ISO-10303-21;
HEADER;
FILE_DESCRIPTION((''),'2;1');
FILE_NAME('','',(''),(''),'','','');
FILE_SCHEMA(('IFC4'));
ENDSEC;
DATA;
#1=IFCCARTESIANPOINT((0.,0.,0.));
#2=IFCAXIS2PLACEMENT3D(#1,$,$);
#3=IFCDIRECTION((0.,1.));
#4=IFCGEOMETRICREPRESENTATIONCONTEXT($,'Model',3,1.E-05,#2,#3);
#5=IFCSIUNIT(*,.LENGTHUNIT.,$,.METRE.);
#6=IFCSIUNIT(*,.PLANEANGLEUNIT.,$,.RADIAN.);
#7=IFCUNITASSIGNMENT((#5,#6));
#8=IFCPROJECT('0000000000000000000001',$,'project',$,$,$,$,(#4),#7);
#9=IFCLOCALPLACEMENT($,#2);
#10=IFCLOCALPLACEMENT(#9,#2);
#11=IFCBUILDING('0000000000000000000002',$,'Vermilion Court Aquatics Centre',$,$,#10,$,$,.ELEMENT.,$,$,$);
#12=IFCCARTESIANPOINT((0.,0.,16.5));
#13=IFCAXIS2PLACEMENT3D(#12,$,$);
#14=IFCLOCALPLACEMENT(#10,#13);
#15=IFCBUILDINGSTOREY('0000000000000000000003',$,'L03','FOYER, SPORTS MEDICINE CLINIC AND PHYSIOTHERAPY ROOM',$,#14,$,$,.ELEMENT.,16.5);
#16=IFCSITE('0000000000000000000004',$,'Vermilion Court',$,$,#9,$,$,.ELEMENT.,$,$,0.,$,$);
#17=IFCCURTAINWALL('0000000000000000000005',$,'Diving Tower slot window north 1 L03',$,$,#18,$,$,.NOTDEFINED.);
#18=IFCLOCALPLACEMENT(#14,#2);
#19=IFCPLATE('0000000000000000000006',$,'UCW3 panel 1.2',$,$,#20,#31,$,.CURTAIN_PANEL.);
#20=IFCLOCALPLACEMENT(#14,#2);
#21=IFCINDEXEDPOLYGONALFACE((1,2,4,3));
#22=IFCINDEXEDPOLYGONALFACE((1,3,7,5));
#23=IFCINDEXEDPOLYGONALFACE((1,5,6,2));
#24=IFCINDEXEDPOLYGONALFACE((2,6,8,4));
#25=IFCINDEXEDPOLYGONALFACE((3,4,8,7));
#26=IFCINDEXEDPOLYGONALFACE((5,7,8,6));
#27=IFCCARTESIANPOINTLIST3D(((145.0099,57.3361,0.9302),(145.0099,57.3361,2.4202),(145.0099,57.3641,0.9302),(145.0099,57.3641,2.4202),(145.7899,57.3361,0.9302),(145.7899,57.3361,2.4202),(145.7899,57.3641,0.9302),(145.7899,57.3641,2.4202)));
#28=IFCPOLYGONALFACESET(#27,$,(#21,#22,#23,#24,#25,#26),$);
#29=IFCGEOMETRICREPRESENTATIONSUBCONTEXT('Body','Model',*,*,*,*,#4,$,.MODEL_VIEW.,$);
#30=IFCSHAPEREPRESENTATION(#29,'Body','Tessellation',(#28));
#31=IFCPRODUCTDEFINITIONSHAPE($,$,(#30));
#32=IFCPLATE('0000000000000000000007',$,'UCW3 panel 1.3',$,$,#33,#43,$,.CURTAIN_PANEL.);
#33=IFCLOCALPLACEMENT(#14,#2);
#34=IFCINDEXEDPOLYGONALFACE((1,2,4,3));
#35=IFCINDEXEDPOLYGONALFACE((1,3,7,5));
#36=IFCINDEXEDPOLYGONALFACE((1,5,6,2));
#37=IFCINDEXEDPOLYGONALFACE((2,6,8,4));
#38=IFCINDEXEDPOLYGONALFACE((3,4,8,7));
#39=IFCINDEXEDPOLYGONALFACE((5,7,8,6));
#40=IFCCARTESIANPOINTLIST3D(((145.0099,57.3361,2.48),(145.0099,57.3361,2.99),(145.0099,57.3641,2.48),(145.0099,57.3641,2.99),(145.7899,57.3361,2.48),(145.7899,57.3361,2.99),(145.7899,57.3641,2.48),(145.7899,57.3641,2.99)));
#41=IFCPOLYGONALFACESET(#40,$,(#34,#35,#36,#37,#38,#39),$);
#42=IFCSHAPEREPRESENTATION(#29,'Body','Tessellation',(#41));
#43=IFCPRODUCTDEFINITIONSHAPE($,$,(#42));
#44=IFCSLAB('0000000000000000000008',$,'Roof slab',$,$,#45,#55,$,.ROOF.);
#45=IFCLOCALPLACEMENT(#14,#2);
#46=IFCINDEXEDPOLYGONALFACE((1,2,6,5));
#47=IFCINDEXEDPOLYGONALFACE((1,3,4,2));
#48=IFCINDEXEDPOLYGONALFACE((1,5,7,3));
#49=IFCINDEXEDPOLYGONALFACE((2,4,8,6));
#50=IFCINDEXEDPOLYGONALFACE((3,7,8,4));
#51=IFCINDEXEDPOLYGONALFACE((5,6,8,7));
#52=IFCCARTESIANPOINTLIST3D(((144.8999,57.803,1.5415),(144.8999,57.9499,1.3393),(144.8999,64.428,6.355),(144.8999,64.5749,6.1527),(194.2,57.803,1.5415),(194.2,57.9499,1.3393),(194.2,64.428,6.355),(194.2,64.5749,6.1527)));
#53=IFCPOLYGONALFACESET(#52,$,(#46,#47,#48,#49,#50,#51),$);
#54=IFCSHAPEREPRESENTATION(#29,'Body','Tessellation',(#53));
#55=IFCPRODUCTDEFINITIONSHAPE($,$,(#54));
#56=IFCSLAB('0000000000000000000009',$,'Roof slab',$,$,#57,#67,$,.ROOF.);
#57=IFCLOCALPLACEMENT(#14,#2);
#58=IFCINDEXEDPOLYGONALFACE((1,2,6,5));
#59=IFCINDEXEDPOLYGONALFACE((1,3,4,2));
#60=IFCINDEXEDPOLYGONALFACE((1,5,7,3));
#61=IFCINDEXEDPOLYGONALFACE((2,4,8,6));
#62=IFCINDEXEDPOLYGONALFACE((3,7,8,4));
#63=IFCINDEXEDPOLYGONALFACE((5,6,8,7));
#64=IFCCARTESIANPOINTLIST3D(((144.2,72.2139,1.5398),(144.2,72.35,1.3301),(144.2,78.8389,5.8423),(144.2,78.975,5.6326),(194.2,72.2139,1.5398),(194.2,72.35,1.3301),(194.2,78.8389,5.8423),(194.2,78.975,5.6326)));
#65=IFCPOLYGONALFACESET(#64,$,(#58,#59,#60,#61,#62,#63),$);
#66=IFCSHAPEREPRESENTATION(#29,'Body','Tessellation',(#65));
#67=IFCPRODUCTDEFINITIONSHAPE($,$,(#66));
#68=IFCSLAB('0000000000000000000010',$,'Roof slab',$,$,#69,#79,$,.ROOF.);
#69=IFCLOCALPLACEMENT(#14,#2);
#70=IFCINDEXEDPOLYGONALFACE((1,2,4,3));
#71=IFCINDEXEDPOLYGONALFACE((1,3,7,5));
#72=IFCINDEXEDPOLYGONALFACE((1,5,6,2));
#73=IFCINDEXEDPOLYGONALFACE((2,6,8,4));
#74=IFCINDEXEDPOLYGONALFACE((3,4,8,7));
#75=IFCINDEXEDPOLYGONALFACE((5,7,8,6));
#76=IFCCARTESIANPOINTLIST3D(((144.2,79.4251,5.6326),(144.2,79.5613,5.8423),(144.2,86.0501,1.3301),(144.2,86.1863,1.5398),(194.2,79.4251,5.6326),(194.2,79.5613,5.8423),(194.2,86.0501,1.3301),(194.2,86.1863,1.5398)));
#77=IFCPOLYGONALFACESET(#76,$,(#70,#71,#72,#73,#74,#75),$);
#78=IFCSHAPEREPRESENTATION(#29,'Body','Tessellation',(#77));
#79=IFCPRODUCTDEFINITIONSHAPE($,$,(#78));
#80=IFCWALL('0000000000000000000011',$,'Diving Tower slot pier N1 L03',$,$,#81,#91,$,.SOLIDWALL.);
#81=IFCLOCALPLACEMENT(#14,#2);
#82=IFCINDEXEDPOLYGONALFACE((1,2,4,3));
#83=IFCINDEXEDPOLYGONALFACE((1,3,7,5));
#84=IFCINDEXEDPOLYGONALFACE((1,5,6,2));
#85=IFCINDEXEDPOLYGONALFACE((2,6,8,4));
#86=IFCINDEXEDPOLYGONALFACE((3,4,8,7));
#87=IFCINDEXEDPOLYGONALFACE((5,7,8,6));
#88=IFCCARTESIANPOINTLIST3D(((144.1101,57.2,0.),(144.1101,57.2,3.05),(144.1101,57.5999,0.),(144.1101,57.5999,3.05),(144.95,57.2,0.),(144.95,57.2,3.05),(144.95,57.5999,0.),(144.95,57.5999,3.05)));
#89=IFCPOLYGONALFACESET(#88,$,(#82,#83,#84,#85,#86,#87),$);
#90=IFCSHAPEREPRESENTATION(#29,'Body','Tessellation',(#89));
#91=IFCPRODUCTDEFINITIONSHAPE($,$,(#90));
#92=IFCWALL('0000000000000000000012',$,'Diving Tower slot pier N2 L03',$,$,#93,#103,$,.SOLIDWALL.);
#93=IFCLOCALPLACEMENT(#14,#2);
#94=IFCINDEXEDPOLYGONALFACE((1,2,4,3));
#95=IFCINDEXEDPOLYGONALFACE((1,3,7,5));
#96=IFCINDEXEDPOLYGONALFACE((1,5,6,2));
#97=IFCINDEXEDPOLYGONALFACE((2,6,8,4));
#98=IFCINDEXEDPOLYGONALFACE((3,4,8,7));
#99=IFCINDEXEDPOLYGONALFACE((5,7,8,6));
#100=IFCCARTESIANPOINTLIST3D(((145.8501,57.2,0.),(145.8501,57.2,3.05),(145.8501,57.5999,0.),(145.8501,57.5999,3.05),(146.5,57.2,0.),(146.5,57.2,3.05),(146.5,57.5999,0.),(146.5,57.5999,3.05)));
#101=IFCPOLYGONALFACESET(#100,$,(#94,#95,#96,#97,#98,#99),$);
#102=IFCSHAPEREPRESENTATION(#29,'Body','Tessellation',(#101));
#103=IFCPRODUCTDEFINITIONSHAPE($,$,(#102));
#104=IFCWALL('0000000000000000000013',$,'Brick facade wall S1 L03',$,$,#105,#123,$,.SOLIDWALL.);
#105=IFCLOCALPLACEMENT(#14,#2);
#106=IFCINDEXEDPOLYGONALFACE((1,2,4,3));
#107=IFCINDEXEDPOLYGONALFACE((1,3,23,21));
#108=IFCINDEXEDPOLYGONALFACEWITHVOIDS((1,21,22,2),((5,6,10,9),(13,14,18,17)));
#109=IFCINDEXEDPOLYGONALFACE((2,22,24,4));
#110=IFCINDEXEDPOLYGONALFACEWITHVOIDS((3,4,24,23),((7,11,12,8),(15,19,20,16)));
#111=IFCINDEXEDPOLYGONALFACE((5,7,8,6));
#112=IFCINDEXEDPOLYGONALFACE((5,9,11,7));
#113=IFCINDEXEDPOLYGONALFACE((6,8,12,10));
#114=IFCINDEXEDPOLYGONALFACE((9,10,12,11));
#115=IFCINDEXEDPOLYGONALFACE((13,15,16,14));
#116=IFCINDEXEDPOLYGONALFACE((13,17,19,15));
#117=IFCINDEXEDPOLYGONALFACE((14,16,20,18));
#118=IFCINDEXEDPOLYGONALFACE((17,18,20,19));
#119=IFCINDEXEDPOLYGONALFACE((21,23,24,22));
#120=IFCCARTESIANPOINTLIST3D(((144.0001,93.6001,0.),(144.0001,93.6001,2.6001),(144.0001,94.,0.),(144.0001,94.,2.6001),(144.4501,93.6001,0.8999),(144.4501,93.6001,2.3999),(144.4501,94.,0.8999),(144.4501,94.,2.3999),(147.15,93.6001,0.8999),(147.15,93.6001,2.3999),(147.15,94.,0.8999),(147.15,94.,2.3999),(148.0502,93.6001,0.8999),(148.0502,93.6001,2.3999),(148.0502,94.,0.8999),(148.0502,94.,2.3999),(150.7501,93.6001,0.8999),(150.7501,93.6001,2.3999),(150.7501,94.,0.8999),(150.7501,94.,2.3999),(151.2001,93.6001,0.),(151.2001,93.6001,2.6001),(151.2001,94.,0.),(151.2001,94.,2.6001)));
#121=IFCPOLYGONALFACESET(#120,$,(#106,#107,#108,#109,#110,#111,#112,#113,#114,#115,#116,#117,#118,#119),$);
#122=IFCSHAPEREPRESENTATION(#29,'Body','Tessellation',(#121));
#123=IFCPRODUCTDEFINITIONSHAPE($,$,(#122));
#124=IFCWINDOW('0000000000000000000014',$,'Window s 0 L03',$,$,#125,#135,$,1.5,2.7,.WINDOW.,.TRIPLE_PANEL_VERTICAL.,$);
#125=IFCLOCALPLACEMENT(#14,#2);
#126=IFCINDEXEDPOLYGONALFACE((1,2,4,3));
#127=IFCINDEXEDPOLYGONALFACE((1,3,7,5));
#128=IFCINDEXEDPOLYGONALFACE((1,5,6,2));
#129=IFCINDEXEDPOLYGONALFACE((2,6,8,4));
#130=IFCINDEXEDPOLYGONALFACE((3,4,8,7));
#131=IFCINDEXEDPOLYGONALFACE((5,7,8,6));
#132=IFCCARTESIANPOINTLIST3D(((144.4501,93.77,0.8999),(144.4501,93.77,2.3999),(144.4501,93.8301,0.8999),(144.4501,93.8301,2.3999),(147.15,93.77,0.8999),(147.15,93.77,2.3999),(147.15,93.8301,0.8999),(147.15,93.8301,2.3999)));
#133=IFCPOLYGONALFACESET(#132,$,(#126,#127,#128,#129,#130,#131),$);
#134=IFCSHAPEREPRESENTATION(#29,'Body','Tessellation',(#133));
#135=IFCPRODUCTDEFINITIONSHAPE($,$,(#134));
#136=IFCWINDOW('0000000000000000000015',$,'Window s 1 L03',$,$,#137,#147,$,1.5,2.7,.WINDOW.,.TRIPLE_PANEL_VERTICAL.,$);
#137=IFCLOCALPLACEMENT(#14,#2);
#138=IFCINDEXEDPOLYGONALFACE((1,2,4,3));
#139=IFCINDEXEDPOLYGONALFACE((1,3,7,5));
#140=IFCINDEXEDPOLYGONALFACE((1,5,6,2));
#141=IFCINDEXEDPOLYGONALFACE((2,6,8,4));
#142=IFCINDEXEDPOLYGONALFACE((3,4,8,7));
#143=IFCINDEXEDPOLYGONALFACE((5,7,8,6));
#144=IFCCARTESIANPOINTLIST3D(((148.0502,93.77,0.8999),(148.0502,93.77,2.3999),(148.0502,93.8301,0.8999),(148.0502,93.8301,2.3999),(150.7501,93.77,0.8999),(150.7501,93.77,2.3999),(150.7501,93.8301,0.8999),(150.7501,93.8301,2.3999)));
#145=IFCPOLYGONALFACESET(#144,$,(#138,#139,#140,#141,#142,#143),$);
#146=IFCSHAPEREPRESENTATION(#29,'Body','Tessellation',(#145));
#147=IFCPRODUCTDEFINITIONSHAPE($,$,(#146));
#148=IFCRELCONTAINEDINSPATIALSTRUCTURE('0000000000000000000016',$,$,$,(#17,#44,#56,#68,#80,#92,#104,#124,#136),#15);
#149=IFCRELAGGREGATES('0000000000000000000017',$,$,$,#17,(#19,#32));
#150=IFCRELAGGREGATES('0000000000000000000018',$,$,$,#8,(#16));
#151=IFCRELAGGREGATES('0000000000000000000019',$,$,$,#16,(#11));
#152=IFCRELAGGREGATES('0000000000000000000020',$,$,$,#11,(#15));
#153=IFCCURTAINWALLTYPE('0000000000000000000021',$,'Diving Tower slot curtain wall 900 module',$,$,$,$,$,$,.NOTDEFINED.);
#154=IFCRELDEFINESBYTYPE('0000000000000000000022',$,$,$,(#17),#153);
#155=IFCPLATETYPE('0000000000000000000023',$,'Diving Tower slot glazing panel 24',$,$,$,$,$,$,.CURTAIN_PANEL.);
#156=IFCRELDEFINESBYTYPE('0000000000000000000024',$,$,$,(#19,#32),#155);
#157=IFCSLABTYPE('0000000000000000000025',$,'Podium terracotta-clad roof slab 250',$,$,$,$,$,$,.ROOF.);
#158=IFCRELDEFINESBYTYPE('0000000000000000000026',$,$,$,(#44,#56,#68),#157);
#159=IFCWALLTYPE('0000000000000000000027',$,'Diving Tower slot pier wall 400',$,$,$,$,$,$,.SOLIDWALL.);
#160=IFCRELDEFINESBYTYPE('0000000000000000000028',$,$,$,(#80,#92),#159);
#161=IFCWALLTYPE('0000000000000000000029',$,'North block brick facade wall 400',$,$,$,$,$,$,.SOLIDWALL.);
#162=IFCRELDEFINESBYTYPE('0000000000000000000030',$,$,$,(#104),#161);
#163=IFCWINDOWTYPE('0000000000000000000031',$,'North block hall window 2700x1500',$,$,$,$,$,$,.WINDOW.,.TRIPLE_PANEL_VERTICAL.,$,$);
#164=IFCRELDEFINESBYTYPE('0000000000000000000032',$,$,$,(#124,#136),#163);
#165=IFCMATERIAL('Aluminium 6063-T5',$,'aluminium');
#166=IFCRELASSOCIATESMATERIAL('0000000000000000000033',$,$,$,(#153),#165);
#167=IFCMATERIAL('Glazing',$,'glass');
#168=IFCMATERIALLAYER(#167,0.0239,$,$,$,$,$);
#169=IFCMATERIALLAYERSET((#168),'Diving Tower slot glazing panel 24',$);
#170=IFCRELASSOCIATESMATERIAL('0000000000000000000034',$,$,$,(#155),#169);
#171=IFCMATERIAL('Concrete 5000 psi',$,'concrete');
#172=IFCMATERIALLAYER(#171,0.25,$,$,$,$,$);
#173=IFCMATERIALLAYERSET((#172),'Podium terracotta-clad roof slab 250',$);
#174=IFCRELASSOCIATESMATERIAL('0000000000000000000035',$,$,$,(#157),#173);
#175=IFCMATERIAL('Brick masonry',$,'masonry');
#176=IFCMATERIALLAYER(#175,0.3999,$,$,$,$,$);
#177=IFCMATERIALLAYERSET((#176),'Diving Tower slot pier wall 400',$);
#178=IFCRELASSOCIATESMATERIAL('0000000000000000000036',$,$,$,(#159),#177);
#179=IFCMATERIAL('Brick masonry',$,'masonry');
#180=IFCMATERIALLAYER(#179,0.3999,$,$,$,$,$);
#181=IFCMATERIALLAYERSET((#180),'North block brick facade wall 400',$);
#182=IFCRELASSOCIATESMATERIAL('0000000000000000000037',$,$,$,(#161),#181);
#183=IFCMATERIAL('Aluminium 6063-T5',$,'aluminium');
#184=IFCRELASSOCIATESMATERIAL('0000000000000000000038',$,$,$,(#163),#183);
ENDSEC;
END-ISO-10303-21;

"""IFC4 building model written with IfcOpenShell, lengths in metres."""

from ifc_helpers import new_model, si_unit, direction, frame, frame_2d, origin, origin_2d, place, context, subcontext, project, spatial, polyline, rectangle, outline, extrude, material, layer, layer_set, type_object, element, fill, aggregate, save


model = new_model("IFC4")

# Units and contexts
model_context = context("Model", 3, precision=1e-05, world=origin(), true_north=direction((0.0, 1.0)))
body_context = subcontext(model_context, "Body", "Model", "MODEL_VIEW")
ifc_project = project(units=[si_unit("LENGTHUNIT", "METRE"), si_unit("PLANEANGLEUNIT", "RADIAN")], contexts=[model_context])

# Site, building, storey
site_placement = place(None, origin())
site = spatial("IfcSite", under=ifc_project, at=site_placement, Name="Vermilion Court", CompositionType="ELEMENT", RefElevation=0.0)
building_placement = place(site_placement, origin())
building = spatial("IfcBuilding", under=site, at=building_placement, Name="Vermilion Court Aquatics Centre", CompositionType="ELEMENT")
storey_placement = place(building_placement, frame((0.0, 0.0, 16.5)))
storey = spatial("IfcBuildingStorey", under=building, at=storey_placement, Name="L03", Description="FOYER, SPORTS MEDICINE CLINIC AND PHYSIOTHERAPY ROOM", CompositionType="ELEMENT", Elevation=16.5)

# Curtain wall
ifc_material_1 = material(Name="Aluminium 6063-T5", Category="aluminium")
curtain_wall_type = type_object("IfcCurtainWallType", Name="Diving Tower slot curtain wall 900 module", PredefinedType="NOTDEFINED", material=ifc_material_1)
curtain_wall_1_placement = place(storey_placement, origin())
curtain_wall_1 = element("IfcCurtainWall", 1, at=curtain_wall_1_placement, inside=storey, type_object=curtain_wall_type, Name="Diving Tower slot window north 1 L03", PredefinedType="NOTDEFINED")

# Plates
ifc_material_2 = material(Name="Glazing", Category="glass")
ifc_layer_1 = layer(ifc_material_2, 0.0239)
ifc_layer_set_1 = layer_set([ifc_layer_1], Name="Diving Tower slot glazing panel 24")
plate_type = type_object("IfcPlateType", Name="Diving Tower slot glazing panel 24", PredefinedType="CURTAIN_PANEL", material=ifc_layer_set_1)
plate_1_placement = place(storey_placement, frame((145.3999, 57.3501, 0.9302), z_axis=(0.0, 0.0, 1.0), x_axis=(1.0, 0.0, 0.0)))
plate_1 = element("IfcPlate", 2, at=plate_1_placement, type_object=plate_type, Name="UCW3 panel 1.2", PredefinedType="CURTAIN_PANEL", context=body_context, shape_type="SweptSolid", body=[
    extrude(rectangle(XDim=0.78, YDim=0.0281, at=origin_2d()), origin(), (0.0, 0.0, 1.0), 1.49),
])
plate_2_placement = place(storey_placement, frame((145.3999, 57.3501, 2.48), z_axis=(0.0, 0.0, 1.0), x_axis=(1.0, 0.0, 0.0)))
plate_2 = element("IfcPlate", 3, at=plate_2_placement, type_object=plate_type, Name="UCW3 panel 1.3", PredefinedType="CURTAIN_PANEL", context=body_context, shape_type="SweptSolid", body=[
    extrude(rectangle(XDim=0.78, YDim=0.0281, at=origin_2d()), origin(), (0.0, 0.0, 1.0), 0.51),
])
aggregate(curtain_wall_1, [plate_1, plate_2])

# Slabs
ifc_material_3 = material(Name="Concrete 5000 psi", Category="concrete")
ifc_layer_2 = layer(ifc_material_3, 0.25)
ifc_layer_set_2 = layer_set([ifc_layer_2], Name="Podium terracotta-clad roof slab 250")
slab_type = type_object("IfcSlabType", Name="Podium terracotta-clad roof slab 250", PredefinedType="ROOF", material=ifc_layer_set_2)
slab_1_placement = place(storey_placement, frame((144.8999, 57.803, 1.5415), z_axis=(0.0, -0.587796, 0.809009), x_axis=(1.0, 0.0, 0.0)))
element("IfcSlab", 4, at=slab_1_placement, inside=storey, type_object=slab_type, Name="Roof slab", PredefinedType="ROOF", context=body_context, shape_type="SweptSolid", body=[
    extrude(outline(polyline([(0.0, 0.0), (49.3, 0.0), (49.3, 8.189), (0.0, 8.189), (0.0, 0.0)])), origin(), (0.0, 0.0, -1.0), 0.25),
])
slab_2_placement = place(storey_placement, frame((144.2, 72.2139, 1.5398), z_axis=(0.0, -0.544654, 0.838661), x_axis=(1.0, 0.0, 0.0)))
element("IfcSlab", 5, at=slab_2_placement, inside=storey, type_object=slab_type, Name="Roof slab", PredefinedType="ROOF", context=body_context, shape_type="SweptSolid", body=[
    extrude(outline(polyline([(0.0, 0.0), (50.0, 0.0), (50.0, 7.8995), (0.0, 7.8995), (0.0, 0.0)])), origin(), (0.0, 0.0, -1.0), 0.25),
])
slab_3_placement = place(storey_placement, frame((144.2, 86.1863, 1.5398), z_axis=(0.0, 0.544654, 0.838661), x_axis=(1.0, 0.0, 0.0)))
element("IfcSlab", 6, at=slab_3_placement, inside=storey, type_object=slab_type, Name="Roof slab", PredefinedType="ROOF", context=body_context, shape_type="SweptSolid", body=[
    extrude(outline(polyline([(0.0, 0.0), (50.0, 0.0), (50.0, -7.8995), (0.0, -7.8995), (0.0, 0.0)])), origin(), (0.0, 0.0, -1.0), 0.25),
])

# Walls
ifc_material_4 = material(Name="Brick masonry", Category="masonry")
ifc_layer_3 = layer(ifc_material_4, 0.3999)
ifc_layer_set_3 = layer_set([ifc_layer_3], Name="Diving Tower slot pier wall 400")
wall_type_1 = type_object("IfcWallType", Name="Diving Tower slot pier wall 400", PredefinedType="SOLIDWALL", material=ifc_layer_set_3)
wall_1_placement = place(storey_placement, frame((144.1101, 57.3999, 0.0), z_axis=(0.0, 0.0, 1.0), x_axis=(1.0, 0.0, 0.0)))
element("IfcWall", 7, at=wall_1_placement, inside=storey, type_object=wall_type_1, Name="Diving Tower slot pier N1 L03", PredefinedType="SOLIDWALL", context=body_context, shape_type="SweptSolid", body=[
    extrude(rectangle(XDim=0.8398, YDim=0.3999, at=frame_2d((0.4199, 0.0))), origin(), (0.0, 0.0, 1.0), 3.05),
])
wall_2_placement = place(storey_placement, frame((145.8501, 57.3999, 0.0), z_axis=(0.0, 0.0, 1.0), x_axis=(1.0, 0.0, 0.0)))
element("IfcWall", 8, at=wall_2_placement, inside=storey, type_object=wall_type_1, Name="Diving Tower slot pier N2 L03", PredefinedType="SOLIDWALL", context=body_context, shape_type="SweptSolid", body=[
    extrude(rectangle(XDim=0.6499, YDim=0.3999, at=frame_2d((0.325, 0.0))), origin(), (0.0, 0.0, 1.0), 3.05),
])

# Wall, openings, windows
ifc_material_5 = material(Name="Brick masonry", Category="masonry")
ifc_layer_4 = layer(ifc_material_5, 0.3999)
ifc_layer_set_4 = layer_set([ifc_layer_4], Name="North block brick facade wall 400")
wall_type_2 = type_object("IfcWallType", Name="North block brick facade wall 400", PredefinedType="SOLIDWALL", material=ifc_layer_set_4)
wall_3_placement = place(storey_placement, frame((144.0, 93.8, 0.0), z_axis=(0.0, 0.0, 1.0), x_axis=(1.0, 0.0, 0.0)))
wall_3 = element("IfcWall", 9, at=wall_3_placement, inside=storey, type_object=wall_type_2, Name="Brick facade wall S1 L03", PredefinedType="SOLIDWALL", context=body_context, shape_type="SweptSolid", body=[
    extrude(rectangle(XDim=7.2, YDim=0.3999, at=frame_2d((3.6001, 0.0))), origin(), (0.0, 0.0, 1.0), 2.6001),
])
opening_1_placement = place(wall_3_placement, frame((0.45, 0.0, 0.8999)))
opening_1 = element("IfcOpeningElement", 10, at=opening_1_placement, cuts=wall_3, PredefinedType="OPENING", context=body_context, shape_type="SweptSolid", body=[
    extrude(rectangle(XDim=2.7, YDim=1.5, at=frame_2d((1.3501, 0.75))), frame((0.0, 0.21, 0.0), z_axis=(0.0, -1.0, 0.0), x_axis=(1.0, 0.0, 0.0)), (0.0, 0.0, 1.0), 0.4199),
])
opening_2_placement = place(wall_3_placement, frame((4.05, 0.0, 0.8999)))
opening_2 = element("IfcOpeningElement", 11, at=opening_2_placement, cuts=wall_3, PredefinedType="OPENING", context=body_context, shape_type="SweptSolid", body=[
    extrude(rectangle(XDim=2.7, YDim=1.5, at=frame_2d((1.3501, 0.75))), frame((0.0, 0.21, 0.0), z_axis=(0.0, -1.0, 0.0), x_axis=(1.0, 0.0, 0.0)), (0.0, 0.0, 1.0), 0.4199),
])
ifc_material_6 = material(Name="Aluminium 6063-T5", Category="aluminium")
window_type = type_object("IfcWindowType", Name="North block hall window 2700x1500", PartitioningType="TRIPLE_PANEL_VERTICAL", PredefinedType="WINDOW", material=ifc_material_6)
window_1_placement = place(opening_1_placement, origin())
window_1 = element("IfcWindow", 12, at=window_1_placement, inside=storey, type_object=window_type, Name="Window s 0 L03", OverallHeight=1.5, OverallWidth=2.7, PartitioningType="TRIPLE_PANEL_VERTICAL", PredefinedType="WINDOW", context=body_context, shape_type="SweptSolid", body=[
    extrude(rectangle(XDim=2.7, YDim=1.5, at=frame_2d((1.3501, 0.75))), frame((0.0, 0.03, 0.0), z_axis=(0.0, -1.0, 0.0), x_axis=(1.0, 0.0, 0.0)), (0.0, 0.0, 1.0), 0.0601),
])
fill(opening_1, window_1)
window_2_placement = place(opening_2_placement, origin())
window_2 = element("IfcWindow", 13, at=window_2_placement, inside=storey, type_object=window_type, Name="Window s 1 L03", OverallHeight=1.5, OverallWidth=2.7, PartitioningType="TRIPLE_PANEL_VERTICAL", PredefinedType="WINDOW", context=body_context, shape_type="SweptSolid", body=[
    extrude(rectangle(XDim=2.7, YDim=1.5, at=frame_2d((1.3501, 0.75))), frame((0.0, 0.03, 0.0), z_axis=(0.0, -1.0, 0.0), x_axis=(1.0, 0.0, 0.0)), (0.0, 0.0, 1.0), 0.0601),
])
fill(opening_2, window_2)

save(model, "model.ifc")
